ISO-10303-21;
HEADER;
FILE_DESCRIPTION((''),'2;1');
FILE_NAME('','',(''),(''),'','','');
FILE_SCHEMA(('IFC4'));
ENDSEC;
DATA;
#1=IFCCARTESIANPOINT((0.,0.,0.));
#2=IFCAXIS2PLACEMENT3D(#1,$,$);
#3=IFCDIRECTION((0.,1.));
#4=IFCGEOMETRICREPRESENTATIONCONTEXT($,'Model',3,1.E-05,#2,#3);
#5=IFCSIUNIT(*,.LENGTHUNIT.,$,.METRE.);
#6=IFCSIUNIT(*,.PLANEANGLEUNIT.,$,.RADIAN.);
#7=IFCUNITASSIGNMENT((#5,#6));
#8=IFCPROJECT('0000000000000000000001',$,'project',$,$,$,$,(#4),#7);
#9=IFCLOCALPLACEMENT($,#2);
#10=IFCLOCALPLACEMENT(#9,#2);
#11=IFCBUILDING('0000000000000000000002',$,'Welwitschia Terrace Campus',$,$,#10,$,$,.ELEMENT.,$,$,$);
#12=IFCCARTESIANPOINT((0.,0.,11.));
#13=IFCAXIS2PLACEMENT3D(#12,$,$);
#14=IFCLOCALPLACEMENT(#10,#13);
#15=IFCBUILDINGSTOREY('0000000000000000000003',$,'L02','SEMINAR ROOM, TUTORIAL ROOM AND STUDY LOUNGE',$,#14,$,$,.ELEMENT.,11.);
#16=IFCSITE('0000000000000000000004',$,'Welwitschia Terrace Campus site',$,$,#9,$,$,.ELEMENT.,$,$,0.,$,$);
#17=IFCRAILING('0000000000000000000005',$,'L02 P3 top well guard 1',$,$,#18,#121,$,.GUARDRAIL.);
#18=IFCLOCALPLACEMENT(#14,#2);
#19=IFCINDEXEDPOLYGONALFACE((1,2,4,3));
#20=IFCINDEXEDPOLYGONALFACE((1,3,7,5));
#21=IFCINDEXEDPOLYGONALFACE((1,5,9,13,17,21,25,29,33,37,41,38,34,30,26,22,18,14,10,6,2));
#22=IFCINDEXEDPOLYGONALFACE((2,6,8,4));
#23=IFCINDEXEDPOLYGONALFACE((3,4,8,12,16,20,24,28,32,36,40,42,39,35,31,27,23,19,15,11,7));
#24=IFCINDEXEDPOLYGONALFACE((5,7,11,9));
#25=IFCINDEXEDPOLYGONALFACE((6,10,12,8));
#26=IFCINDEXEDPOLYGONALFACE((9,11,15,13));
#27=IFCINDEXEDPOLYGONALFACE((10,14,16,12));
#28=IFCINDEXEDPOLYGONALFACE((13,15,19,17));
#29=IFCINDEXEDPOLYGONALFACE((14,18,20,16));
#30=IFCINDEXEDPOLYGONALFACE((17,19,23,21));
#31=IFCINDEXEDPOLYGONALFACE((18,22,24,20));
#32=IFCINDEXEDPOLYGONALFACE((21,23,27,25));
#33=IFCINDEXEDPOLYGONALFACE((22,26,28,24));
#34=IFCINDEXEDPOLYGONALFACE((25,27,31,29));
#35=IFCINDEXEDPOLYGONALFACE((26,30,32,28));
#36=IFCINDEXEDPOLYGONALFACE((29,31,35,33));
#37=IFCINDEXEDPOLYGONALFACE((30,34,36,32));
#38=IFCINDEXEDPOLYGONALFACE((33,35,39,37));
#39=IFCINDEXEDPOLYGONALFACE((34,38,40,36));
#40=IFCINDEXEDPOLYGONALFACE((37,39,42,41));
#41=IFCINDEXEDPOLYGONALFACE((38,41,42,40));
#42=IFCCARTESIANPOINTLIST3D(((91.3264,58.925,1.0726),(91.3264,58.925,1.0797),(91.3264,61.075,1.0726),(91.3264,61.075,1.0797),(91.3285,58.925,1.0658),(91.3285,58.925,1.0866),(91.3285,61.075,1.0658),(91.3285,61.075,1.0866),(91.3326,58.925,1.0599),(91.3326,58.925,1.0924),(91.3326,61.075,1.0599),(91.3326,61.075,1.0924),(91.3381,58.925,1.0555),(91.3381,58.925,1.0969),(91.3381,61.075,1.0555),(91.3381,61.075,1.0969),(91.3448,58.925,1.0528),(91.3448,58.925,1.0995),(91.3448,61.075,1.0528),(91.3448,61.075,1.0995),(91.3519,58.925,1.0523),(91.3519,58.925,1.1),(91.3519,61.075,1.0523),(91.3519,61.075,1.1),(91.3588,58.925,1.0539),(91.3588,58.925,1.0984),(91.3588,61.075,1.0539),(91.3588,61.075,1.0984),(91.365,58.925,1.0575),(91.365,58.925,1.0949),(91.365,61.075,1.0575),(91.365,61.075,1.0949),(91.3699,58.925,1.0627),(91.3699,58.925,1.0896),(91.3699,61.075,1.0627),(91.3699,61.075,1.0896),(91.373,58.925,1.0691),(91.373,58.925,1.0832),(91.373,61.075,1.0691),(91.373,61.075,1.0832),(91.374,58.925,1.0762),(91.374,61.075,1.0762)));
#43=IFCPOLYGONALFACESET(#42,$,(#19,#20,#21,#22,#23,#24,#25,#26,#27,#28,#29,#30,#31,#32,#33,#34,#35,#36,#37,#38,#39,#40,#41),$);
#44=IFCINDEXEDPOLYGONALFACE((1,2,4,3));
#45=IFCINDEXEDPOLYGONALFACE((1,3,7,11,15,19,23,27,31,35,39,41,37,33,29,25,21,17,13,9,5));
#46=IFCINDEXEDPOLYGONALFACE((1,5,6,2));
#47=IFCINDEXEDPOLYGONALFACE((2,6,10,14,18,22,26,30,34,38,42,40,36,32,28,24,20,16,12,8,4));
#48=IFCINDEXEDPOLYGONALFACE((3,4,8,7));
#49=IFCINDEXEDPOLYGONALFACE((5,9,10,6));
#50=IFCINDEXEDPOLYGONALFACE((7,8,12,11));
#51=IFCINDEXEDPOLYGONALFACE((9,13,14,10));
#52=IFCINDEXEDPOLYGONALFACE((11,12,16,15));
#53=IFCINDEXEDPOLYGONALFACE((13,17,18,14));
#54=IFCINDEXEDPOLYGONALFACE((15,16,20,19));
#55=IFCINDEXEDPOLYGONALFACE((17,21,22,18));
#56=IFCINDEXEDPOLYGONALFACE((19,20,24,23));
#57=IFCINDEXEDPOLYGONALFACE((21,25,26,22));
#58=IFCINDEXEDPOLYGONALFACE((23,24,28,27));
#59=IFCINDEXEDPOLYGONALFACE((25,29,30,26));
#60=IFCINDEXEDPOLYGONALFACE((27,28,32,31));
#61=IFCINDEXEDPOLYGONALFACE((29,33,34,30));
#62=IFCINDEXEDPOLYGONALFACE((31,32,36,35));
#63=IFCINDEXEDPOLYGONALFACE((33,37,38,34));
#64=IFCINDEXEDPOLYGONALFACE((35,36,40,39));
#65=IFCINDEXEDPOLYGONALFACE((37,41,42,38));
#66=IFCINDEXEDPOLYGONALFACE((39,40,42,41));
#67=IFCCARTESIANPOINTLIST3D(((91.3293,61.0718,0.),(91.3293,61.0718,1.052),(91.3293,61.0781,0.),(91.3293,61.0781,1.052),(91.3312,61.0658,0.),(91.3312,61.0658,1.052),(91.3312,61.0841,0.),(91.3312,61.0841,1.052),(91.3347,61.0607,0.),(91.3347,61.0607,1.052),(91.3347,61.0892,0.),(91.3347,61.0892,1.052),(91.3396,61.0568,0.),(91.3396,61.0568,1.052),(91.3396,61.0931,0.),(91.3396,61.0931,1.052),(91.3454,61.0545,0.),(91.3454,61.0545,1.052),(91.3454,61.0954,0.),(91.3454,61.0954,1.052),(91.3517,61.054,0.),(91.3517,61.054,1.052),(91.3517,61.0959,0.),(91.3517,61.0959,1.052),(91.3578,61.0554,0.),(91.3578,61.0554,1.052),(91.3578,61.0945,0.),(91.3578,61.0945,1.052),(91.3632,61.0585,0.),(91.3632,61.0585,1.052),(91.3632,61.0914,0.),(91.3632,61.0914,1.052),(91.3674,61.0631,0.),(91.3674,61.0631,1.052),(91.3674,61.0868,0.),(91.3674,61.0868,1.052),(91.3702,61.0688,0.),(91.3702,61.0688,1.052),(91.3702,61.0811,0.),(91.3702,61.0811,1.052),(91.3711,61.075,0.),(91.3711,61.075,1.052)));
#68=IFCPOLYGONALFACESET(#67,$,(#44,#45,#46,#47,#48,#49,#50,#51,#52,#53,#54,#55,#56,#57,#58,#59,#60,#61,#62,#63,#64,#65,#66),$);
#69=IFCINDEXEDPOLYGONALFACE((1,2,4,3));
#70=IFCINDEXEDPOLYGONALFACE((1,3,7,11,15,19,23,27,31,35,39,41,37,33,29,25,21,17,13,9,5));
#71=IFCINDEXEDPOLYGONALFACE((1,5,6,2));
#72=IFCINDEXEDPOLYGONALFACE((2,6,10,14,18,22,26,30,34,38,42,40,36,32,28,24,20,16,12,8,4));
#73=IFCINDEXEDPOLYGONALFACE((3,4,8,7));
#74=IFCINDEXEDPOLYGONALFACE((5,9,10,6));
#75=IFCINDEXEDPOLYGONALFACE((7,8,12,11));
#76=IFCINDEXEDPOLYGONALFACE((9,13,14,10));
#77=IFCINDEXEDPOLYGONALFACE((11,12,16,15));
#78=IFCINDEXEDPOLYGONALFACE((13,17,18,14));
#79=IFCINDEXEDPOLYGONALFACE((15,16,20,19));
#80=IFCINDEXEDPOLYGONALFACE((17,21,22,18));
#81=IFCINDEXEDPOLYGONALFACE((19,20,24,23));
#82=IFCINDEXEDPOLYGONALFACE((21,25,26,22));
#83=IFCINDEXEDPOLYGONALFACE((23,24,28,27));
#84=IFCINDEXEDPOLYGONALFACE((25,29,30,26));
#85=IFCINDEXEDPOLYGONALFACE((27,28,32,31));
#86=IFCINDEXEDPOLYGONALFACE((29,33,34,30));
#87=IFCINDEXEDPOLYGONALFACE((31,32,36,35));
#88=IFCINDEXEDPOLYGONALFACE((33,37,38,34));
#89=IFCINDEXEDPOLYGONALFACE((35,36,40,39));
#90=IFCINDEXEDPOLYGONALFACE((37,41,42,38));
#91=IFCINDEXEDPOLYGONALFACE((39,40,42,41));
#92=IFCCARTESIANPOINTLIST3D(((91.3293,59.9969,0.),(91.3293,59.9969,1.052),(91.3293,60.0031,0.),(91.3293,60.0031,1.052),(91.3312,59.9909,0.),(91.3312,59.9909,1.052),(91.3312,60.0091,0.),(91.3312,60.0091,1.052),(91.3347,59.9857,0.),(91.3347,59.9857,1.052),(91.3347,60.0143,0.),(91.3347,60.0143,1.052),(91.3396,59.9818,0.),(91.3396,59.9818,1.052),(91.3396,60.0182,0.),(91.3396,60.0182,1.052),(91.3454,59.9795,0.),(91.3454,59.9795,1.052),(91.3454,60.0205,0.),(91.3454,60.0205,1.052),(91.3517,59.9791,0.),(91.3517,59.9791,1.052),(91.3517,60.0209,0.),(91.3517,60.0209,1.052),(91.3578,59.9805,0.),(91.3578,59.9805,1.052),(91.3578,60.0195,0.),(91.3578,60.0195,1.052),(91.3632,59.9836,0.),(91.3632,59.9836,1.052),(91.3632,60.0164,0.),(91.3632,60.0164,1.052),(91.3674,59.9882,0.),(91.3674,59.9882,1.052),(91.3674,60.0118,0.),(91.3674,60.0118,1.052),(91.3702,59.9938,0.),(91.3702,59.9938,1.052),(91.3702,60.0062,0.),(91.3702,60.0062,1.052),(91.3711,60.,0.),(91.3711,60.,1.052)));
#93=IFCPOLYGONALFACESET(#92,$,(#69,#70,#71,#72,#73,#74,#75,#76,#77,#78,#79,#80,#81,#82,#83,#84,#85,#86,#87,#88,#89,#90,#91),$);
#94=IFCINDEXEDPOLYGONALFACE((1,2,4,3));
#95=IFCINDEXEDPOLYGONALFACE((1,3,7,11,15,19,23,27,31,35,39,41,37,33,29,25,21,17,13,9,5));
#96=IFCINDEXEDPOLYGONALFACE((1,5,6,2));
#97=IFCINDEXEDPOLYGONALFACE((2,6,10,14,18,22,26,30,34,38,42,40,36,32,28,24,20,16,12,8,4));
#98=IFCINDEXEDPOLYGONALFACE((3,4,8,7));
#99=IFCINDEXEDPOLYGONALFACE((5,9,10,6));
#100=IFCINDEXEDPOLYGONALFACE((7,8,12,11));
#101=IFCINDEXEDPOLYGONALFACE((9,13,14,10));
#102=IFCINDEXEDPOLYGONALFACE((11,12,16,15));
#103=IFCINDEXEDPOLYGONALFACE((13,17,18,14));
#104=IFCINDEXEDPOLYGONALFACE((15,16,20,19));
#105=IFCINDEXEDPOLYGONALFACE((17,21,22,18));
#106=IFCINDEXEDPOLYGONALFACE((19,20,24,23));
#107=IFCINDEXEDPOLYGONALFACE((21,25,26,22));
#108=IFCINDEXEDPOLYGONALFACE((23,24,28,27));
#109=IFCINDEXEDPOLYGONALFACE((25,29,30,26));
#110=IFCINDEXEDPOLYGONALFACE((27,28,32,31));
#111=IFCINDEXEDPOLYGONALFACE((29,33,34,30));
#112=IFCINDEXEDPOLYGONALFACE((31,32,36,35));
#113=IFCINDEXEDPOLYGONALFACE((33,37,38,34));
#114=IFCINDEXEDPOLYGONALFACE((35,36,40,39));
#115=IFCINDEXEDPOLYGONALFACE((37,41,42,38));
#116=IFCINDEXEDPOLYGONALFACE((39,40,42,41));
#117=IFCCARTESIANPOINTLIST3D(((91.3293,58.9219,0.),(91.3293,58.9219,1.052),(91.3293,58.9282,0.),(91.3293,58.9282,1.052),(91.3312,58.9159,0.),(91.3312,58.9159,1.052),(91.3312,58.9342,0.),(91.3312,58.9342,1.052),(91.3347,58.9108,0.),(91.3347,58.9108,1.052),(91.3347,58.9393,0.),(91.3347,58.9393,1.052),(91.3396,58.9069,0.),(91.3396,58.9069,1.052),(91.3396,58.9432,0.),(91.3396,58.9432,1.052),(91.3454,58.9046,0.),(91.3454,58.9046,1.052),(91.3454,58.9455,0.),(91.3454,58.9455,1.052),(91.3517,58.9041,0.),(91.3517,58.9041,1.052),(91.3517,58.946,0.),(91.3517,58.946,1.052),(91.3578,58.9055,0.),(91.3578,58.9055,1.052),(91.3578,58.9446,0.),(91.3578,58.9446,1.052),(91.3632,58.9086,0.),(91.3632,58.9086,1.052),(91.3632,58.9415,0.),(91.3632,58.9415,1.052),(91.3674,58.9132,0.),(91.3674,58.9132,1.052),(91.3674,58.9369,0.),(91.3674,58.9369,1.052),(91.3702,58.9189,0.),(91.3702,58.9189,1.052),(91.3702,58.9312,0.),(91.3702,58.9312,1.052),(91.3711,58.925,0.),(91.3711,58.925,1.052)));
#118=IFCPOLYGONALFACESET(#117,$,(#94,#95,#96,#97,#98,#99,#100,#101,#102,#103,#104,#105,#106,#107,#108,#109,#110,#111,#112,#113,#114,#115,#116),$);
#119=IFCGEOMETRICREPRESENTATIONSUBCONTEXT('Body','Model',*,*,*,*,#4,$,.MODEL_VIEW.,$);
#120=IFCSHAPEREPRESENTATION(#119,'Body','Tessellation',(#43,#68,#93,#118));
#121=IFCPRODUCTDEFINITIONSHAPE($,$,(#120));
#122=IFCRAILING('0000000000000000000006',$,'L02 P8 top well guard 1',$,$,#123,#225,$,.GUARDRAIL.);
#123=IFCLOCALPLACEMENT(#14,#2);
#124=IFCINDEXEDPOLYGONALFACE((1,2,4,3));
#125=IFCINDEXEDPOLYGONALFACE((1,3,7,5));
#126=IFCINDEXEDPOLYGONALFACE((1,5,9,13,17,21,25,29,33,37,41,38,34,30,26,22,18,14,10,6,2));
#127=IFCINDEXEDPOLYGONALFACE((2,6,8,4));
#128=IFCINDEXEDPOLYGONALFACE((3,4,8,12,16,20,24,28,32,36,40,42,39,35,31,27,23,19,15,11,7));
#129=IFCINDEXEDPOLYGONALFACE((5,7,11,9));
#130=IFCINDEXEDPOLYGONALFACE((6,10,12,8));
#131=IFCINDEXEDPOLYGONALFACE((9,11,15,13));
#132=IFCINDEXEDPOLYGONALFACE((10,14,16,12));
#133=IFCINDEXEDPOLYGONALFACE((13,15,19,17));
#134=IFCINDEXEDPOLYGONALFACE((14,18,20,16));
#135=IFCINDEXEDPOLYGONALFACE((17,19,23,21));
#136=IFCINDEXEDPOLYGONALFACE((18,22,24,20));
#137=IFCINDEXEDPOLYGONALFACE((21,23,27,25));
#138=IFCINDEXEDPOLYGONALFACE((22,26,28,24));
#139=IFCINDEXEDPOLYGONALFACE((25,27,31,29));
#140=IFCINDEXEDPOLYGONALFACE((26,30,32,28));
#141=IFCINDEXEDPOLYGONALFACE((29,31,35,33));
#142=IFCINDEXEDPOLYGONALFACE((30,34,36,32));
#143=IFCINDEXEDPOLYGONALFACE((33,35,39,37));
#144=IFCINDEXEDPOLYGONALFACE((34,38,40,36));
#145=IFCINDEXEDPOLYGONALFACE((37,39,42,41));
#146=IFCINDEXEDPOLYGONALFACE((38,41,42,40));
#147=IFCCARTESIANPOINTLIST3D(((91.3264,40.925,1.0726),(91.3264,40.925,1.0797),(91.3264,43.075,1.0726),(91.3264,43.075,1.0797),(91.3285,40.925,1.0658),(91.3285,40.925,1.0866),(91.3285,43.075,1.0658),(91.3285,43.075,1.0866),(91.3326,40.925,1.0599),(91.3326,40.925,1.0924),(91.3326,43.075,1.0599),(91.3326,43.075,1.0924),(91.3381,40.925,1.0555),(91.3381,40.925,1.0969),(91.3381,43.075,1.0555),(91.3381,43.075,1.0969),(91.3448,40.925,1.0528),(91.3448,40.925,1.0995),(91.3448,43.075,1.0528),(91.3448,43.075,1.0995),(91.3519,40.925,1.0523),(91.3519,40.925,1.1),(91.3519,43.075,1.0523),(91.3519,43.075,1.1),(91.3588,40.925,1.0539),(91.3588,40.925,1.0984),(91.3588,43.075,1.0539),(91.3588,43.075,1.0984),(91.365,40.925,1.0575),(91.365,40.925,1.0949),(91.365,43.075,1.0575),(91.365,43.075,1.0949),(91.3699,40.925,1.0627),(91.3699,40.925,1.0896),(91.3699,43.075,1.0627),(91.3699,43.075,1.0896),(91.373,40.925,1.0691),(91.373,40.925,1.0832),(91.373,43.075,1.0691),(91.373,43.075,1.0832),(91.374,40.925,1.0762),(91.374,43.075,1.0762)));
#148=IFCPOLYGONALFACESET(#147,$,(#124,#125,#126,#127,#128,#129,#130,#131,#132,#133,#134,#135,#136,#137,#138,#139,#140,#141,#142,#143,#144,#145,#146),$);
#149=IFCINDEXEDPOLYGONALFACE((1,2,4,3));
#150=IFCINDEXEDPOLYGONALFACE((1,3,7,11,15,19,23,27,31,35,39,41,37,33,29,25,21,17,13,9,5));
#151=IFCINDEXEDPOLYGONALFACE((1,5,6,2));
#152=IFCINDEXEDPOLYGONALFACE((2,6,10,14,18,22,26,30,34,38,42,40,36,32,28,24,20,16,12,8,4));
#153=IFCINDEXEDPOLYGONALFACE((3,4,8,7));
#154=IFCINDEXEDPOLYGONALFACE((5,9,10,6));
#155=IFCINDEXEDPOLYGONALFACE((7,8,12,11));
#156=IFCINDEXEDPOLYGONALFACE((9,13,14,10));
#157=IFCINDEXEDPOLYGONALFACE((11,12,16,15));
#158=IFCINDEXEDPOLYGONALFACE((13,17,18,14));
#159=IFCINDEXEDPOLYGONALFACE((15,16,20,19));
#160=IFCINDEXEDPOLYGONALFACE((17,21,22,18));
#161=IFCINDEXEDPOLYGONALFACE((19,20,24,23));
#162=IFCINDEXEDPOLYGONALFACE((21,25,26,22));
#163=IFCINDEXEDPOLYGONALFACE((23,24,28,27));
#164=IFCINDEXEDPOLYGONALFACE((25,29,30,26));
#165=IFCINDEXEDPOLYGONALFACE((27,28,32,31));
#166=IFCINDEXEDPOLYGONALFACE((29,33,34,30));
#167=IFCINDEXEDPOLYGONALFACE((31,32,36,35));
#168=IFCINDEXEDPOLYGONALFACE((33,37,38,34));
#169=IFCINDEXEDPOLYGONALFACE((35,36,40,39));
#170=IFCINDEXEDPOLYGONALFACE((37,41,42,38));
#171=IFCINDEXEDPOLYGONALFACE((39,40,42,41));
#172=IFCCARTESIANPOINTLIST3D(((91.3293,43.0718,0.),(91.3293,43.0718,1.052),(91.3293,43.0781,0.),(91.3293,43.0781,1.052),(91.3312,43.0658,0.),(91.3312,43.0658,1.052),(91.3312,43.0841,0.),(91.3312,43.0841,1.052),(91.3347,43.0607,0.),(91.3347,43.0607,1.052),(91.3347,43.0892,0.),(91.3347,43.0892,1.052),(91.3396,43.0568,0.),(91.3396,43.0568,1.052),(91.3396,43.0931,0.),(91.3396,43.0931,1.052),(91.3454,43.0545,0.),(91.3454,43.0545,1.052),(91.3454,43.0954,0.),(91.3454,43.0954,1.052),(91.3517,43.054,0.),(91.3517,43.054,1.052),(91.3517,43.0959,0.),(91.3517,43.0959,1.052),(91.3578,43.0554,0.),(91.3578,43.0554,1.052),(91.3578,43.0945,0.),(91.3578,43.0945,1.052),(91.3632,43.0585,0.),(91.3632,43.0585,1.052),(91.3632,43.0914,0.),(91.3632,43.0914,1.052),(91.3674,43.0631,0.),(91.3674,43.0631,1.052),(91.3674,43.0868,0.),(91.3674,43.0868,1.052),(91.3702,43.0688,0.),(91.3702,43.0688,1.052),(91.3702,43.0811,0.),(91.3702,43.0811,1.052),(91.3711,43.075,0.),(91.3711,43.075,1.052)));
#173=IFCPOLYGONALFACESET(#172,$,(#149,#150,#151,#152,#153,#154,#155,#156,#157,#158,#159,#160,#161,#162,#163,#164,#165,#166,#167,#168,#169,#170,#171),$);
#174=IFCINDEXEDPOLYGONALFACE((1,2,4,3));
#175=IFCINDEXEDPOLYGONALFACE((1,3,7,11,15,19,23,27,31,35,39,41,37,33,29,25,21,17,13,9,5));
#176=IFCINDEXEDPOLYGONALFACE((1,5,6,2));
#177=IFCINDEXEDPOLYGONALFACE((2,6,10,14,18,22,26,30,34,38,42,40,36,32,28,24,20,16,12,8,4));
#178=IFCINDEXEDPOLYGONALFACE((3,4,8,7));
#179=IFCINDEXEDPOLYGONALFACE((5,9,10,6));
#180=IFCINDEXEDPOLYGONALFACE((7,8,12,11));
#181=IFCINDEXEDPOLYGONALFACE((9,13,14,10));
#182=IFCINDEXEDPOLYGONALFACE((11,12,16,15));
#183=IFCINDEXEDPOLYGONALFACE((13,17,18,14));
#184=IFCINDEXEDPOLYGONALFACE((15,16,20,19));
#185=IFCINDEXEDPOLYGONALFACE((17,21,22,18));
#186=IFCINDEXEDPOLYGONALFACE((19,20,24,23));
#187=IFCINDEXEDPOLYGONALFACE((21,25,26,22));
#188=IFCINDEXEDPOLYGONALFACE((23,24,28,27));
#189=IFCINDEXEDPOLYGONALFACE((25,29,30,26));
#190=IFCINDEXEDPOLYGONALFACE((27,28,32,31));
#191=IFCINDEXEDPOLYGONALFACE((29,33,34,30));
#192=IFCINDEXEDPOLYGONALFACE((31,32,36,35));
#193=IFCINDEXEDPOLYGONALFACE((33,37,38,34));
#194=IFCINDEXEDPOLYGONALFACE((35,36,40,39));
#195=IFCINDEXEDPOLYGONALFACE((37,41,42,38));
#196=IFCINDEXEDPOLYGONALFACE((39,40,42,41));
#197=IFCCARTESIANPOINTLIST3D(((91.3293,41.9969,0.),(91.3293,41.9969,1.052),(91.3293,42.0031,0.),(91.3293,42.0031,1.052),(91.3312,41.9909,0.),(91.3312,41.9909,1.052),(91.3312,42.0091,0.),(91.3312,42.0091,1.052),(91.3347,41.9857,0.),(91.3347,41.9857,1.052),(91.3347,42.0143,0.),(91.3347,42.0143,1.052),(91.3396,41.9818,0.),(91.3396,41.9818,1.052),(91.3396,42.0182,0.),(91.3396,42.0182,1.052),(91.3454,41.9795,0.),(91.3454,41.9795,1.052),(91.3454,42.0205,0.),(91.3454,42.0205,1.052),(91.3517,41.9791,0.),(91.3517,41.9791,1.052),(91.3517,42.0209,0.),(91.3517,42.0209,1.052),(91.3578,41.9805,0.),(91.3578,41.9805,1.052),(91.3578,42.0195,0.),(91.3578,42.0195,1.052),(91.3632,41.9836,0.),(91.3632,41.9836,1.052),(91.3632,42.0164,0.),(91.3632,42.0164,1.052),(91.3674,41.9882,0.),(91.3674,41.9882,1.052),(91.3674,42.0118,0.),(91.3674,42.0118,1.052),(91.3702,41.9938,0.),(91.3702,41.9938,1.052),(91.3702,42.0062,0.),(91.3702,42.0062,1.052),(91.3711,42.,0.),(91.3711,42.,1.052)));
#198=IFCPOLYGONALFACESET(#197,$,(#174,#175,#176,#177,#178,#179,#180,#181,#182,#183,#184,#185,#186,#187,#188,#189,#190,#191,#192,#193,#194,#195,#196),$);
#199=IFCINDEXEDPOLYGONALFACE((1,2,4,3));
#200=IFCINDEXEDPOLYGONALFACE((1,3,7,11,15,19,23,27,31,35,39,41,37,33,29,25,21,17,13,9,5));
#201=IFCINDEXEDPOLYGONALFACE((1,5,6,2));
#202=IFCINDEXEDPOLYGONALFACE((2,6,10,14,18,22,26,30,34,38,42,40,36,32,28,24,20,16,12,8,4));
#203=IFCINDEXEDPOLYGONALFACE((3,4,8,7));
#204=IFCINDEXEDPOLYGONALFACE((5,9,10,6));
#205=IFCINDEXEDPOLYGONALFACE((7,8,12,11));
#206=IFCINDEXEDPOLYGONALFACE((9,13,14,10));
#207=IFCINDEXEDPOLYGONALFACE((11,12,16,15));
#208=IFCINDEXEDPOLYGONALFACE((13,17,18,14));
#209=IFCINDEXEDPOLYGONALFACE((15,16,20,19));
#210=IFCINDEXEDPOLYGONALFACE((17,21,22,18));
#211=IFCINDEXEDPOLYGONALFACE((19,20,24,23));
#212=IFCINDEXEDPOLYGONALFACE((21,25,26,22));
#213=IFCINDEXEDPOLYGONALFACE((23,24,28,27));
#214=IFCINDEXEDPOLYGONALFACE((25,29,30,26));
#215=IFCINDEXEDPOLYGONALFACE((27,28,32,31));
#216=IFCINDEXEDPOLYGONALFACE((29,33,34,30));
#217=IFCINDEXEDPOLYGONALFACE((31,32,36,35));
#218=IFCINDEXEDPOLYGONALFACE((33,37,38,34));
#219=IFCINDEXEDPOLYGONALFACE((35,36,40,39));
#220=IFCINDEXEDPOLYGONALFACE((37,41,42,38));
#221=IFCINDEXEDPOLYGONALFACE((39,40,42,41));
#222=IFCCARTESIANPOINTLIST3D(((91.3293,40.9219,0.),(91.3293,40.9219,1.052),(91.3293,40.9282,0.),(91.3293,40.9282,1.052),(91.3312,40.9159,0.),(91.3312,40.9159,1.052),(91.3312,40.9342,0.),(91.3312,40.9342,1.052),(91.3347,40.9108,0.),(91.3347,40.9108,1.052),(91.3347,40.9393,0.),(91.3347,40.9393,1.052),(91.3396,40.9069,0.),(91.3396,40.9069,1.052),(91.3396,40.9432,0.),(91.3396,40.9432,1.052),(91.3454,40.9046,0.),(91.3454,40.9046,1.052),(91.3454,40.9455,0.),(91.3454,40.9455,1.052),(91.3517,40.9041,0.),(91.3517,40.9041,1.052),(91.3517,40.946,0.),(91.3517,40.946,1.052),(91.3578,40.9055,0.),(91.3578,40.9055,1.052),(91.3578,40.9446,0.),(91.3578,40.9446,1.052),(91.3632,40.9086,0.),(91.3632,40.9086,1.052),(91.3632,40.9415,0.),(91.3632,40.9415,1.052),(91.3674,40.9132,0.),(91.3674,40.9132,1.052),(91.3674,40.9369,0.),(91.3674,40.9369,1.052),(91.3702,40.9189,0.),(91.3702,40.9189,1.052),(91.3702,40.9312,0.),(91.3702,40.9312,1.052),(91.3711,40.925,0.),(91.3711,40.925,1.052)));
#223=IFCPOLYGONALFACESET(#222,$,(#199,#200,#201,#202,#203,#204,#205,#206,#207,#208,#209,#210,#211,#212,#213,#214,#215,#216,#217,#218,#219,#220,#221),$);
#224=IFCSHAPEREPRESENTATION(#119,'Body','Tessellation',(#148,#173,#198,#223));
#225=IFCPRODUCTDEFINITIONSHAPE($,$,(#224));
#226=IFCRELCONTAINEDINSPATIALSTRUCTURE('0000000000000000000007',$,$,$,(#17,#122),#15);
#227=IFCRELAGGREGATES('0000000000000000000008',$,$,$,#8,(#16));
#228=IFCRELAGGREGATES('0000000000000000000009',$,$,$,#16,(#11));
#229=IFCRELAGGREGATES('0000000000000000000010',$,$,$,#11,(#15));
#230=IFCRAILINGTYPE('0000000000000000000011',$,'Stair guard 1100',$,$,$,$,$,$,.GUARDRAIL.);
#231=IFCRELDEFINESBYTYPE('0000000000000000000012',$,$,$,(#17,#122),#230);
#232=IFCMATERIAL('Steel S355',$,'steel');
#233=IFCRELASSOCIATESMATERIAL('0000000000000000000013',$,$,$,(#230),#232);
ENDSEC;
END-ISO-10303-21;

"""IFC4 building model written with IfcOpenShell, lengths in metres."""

from ifc_helpers import new_model, si_unit, direction, frame, origin, origin_2d, place, context, subcontext, project, spatial, circle, extrude, material, type_object, element, save


model = new_model("IFC4")

# Units and contexts
model_context = context("Model", 3, precision=1e-05, world=origin(), true_north=direction((0.0, 1.0)))
body_context = subcontext(model_context, "Body", "Model", "MODEL_VIEW")
ifc_project = project(units=[si_unit("LENGTHUNIT", "METRE"), si_unit("PLANEANGLEUNIT", "RADIAN")], contexts=[model_context])

# Site, building, storey
site_placement = place(None, origin())
site = spatial("IfcSite", under=ifc_project, at=site_placement, Name="Welwitschia Terrace Campus site", CompositionType="ELEMENT", RefElevation=0.0)
building_placement = place(site_placement, origin())
building = spatial("IfcBuilding", under=site, at=building_placement, Name="Welwitschia Terrace Campus", CompositionType="ELEMENT")
storey_placement = place(building_placement, frame((0.0, 0.0, 11.0)))
storey = spatial("IfcBuildingStorey", under=building, at=storey_placement, Name="L02", Description="SEMINAR ROOM, TUTORIAL ROOM AND STUDY LOUNGE", CompositionType="ELEMENT", Elevation=11.0)

# Railings
ifc_material_1 = material(Name="Steel S355", Category="steel")
railing_type = type_object("IfcRailingType", Name="Stair guard 1100", PredefinedType="GUARDRAIL", material=ifc_material_1)
for number, where, name in (
    (1, (91.3501, 61.075, 0.0), "L02 P3 top well guard 1"),
    (2, (91.3501, 43.075, 0.0), "L02 P8 top well guard 1"),
):
    element("IfcRailing", number, at=place(storey_placement, frame(where)), inside=storey, type_object=railing_type, Name=name, PredefinedType="GUARDRAIL", context=body_context, shape_type="SweptSolid", body=[
        extrude(circle(Radius=0.0239, at=origin_2d()), frame((0.0, 0.0, 1.0762), z_axis=(0.0, -1.0, 0.0), x_axis=(1.0, 0.0, 0.0)), (0.0, 0.0, 1.0), 2.1499),
        extrude(circle(Radius=0.021, at=origin_2d()), origin(), (0.0, 0.0, 1.0), 1.052),
        extrude(circle(Radius=0.021, at=origin_2d()), frame((0.0, -1.075, 0.0)), (0.0, 0.0, 1.0), 1.052),
        extrude(circle(Radius=0.021, at=origin_2d()), frame((0.0, -2.1499, 0.0)), (0.0, 0.0, 1.0), 1.052),
    ])

save(model, "model.ifc")
